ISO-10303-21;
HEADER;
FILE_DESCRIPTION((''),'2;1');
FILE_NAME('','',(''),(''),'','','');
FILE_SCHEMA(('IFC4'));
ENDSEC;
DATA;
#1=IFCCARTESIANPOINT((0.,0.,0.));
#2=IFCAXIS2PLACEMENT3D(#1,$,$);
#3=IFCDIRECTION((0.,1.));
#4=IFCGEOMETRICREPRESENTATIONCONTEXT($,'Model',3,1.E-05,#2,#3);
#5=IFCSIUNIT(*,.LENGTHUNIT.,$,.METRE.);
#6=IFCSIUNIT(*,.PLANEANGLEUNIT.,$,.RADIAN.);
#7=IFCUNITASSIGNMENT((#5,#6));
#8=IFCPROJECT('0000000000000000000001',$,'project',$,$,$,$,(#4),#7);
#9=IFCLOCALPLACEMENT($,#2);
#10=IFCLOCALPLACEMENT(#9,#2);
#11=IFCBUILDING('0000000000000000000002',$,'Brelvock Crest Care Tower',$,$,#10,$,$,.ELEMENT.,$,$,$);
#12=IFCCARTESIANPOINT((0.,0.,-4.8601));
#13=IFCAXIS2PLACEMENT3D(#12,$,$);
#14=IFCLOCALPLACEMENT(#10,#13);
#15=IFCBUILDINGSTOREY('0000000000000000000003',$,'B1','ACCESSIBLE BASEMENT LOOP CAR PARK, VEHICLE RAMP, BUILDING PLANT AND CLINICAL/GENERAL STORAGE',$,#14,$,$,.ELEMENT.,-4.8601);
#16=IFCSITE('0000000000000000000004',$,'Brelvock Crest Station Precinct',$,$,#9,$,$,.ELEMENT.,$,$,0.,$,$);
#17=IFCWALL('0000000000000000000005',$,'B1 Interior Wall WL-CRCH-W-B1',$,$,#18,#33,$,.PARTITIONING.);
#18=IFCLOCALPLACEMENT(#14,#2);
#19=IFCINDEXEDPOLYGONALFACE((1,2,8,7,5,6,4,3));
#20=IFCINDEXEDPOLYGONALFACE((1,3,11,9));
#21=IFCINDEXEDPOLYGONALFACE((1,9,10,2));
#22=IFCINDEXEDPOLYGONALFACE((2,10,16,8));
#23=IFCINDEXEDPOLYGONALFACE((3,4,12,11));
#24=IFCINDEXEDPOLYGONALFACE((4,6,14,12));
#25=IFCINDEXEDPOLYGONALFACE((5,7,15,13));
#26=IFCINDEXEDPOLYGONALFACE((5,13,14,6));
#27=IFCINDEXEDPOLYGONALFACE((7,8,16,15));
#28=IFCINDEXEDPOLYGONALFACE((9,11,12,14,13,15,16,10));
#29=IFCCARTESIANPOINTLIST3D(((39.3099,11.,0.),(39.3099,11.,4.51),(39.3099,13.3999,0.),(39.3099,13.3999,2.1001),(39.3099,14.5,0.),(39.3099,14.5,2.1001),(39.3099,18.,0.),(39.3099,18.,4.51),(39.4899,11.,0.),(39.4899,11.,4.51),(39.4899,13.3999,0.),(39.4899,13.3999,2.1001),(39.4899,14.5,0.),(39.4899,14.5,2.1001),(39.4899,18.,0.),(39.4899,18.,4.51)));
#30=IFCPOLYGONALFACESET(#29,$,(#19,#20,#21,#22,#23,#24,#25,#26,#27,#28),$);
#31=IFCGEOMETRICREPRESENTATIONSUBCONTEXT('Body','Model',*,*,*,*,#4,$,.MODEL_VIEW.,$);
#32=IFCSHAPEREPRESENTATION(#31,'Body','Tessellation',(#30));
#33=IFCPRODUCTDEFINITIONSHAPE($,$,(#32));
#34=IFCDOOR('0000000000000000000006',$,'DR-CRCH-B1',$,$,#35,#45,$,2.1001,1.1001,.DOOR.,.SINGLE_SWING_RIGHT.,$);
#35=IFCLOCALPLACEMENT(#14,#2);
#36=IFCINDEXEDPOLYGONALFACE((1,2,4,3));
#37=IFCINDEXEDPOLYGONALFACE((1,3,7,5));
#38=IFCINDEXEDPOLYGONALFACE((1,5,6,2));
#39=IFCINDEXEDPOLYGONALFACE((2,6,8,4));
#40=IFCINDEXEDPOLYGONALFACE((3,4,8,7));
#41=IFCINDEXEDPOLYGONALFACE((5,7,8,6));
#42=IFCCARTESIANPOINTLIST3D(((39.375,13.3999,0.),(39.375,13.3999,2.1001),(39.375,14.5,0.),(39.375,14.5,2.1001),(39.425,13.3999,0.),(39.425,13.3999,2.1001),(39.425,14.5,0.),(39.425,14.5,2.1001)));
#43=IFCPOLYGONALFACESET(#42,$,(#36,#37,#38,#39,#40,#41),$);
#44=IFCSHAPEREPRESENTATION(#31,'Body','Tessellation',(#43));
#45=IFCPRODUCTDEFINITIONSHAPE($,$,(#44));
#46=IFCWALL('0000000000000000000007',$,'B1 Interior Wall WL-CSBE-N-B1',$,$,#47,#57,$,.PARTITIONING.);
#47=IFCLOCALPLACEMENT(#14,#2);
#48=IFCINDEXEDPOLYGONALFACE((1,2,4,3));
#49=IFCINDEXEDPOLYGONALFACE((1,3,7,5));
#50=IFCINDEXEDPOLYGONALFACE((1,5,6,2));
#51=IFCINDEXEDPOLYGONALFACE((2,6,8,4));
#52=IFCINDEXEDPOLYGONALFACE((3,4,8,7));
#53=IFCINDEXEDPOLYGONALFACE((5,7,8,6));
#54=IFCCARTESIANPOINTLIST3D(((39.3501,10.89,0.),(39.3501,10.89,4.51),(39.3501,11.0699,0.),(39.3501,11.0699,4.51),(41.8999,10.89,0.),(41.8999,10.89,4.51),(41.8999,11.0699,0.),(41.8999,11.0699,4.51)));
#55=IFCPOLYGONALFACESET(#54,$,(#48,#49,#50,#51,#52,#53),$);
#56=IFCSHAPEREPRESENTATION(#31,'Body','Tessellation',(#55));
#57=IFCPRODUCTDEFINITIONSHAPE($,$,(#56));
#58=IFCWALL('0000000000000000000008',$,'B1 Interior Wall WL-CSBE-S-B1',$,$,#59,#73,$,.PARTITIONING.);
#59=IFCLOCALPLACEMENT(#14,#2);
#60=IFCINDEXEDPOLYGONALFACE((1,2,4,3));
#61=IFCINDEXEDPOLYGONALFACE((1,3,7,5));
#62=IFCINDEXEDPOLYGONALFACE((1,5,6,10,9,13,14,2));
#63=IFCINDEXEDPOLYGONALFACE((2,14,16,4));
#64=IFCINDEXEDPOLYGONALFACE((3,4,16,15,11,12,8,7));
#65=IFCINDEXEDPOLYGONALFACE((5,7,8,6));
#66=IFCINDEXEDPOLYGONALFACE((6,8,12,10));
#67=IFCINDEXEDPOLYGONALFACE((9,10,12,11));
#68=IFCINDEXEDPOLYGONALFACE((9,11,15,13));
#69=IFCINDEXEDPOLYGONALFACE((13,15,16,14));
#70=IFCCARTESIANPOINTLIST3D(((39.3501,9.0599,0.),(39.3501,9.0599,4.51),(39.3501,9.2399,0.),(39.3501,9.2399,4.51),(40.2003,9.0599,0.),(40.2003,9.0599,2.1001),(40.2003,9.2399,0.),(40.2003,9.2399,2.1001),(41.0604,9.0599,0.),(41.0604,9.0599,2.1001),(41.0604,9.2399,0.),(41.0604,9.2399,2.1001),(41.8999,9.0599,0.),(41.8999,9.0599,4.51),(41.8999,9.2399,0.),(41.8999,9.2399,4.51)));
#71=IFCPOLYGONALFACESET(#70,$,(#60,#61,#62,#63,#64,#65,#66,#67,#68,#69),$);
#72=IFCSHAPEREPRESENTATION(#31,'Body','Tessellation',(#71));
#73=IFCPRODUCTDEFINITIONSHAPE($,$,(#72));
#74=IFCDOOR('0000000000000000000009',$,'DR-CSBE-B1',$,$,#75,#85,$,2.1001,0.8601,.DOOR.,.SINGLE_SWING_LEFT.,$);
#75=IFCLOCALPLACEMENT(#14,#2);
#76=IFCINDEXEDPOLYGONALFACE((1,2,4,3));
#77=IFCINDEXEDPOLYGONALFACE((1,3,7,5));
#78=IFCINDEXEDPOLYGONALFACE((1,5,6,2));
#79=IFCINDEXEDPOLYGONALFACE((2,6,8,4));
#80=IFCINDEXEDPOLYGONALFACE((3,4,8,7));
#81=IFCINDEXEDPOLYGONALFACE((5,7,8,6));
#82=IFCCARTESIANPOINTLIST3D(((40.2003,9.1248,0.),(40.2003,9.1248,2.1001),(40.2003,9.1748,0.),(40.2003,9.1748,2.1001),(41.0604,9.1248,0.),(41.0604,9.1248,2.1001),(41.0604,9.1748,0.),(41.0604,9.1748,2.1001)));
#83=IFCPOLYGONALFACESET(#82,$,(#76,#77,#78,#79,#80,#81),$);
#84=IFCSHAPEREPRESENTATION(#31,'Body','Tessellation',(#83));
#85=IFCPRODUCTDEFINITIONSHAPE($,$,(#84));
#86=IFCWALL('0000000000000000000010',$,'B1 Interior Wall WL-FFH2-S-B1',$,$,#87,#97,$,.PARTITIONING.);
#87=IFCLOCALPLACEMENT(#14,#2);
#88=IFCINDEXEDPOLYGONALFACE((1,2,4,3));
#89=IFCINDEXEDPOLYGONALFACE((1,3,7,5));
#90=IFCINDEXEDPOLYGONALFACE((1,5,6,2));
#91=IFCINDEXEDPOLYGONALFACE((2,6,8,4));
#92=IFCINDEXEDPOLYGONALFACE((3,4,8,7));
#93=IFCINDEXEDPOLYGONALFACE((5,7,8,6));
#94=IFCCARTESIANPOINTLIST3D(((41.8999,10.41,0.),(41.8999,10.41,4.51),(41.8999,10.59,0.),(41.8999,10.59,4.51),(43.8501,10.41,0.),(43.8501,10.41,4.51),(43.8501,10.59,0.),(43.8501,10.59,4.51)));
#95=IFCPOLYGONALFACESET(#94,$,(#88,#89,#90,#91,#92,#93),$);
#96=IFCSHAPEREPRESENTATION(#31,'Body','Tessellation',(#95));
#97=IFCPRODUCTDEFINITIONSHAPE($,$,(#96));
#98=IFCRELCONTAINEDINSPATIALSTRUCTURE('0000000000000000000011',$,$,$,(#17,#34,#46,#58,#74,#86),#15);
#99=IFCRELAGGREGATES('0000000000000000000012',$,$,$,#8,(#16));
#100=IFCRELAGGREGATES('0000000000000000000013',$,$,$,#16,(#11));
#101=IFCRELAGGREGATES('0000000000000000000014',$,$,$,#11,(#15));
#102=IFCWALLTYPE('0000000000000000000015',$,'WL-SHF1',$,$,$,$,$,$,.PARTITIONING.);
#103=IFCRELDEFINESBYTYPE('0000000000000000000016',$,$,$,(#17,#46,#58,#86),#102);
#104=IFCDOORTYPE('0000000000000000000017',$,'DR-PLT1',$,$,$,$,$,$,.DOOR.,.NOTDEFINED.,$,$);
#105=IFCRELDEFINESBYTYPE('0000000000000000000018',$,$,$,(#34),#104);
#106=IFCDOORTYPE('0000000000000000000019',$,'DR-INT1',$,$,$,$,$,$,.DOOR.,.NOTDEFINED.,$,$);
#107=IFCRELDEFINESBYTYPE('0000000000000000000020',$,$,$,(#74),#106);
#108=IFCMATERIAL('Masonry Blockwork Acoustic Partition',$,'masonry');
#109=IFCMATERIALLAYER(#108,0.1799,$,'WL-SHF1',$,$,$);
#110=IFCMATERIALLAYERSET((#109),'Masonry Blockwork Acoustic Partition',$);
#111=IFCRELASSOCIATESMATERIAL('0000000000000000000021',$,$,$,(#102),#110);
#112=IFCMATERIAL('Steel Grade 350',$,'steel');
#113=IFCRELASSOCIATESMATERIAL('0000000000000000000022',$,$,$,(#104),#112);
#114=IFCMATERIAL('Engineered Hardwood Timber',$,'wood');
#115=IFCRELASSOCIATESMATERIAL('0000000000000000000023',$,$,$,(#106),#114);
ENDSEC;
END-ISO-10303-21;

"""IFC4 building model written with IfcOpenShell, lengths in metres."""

from ifc_helpers import new_model, si_unit, direction, frame, frame_2d, origin, origin_2d, place, context, subcontext, project, spatial, rectangle, extrude, source, transform, mapped, material, layer, layer_set, type_object, element, fill, save


model = new_model("IFC4")

# Units and contexts
model_context = context("Model", 3, precision=1e-05, world=origin(), true_north=direction((0.0, 1.0)))
body_context = subcontext(model_context, "Body", "Model", "MODEL_VIEW")
ifc_project = project(units=[si_unit("LENGTHUNIT", "METRE"), si_unit("PLANEANGLEUNIT", "RADIAN")], contexts=[model_context])

# Site, building, storey
site_placement = place(None, origin())
site = spatial("IfcSite", under=ifc_project, at=site_placement, Name="Brelvock Crest Station Precinct", CompositionType="ELEMENT", RefElevation=0.0)
building_placement = place(site_placement, origin())
building = spatial("IfcBuilding", under=site, at=building_placement, Name="Brelvock Crest Care Tower", CompositionType="ELEMENT")
storey_placement = place(building_placement, frame((0.0, 0.0, -4.8601)))
storey = spatial("IfcBuildingStorey", under=building, at=storey_placement, Name="B1", Description="ACCESSIBLE BASEMENT LOOP CAR PARK, VEHICLE RAMP, BUILDING PLANT AND CLINICAL/GENERAL STORAGE", CompositionType="ELEMENT", Elevation=-4.8601)

# Shared definitions
ifc_material_1 = material(Name="Steel Grade 350", Category="steel")

# Shared definitions
ifc_material_2 = material(Name="Masonry Blockwork Acoustic Partition", Category="masonry")
ifc_layer_1 = layer(ifc_material_2, 0.1799, Name="WL-SHF1")
ifc_layer_set_1 = layer_set([ifc_layer_1], Name="Masonry Blockwork Acoustic Partition")
wall_type_1 = type_object("IfcWallType", Name="WL-SHF1", PredefinedType="PARTITIONING", material=ifc_layer_set_1)

# Wall, opening, door
wall_1_placement = place(storey_placement, frame((39.3999, 11.0, 0.0), z_axis=(0.0, 0.0, 1.0), x_axis=(0.0, 1.0, 0.0)))
wall_1 = element("IfcWall", 1, at=wall_1_placement, inside=storey, type_object=wall_type_1, Name="B1 Interior Wall WL-CRCH-W-B1", PredefinedType="PARTITIONING", context=body_context, shape_type="SweptSolid", body=[
    extrude(rectangle(XDim=7.0, YDim=0.1799, at=frame_2d((3.5, 0.0))), origin(), (0.0, 0.0, 1.0), 4.51),
])
opening_1_placement = place(wall_1_placement, frame((2.3999, 0.0, 0.0)))
opening_1 = element("IfcOpeningElement", 2, at=opening_1_placement, cuts=wall_1, PredefinedType="OPENING", context=body_context, shape_type="SweptSolid", body=[
    extrude(rectangle(XDim=1.1001, YDim=2.1001, at=origin_2d()), frame((0.55, 0.1001, 1.05), z_axis=(0.0, -1.0, 0.0), x_axis=(1.0, 0.0, 0.0)), (0.0, 0.0, 1.0), 0.2),
])
door_type_1 = type_object("IfcDoorType", Name="DR-PLT1", OperationType="NOTDEFINED", PredefinedType="DOOR", material=ifc_material_1)
shared_shape_1 = source(origin(), body_context, "Body", "SweptSolid", [
    extrude(rectangle(XDim=1.1001, YDim=2.1001, at=origin_2d()), frame((0.55, 0.0249, 1.05), z_axis=(0.0, -1.0, 0.0), x_axis=(1.0, 0.0, 0.0)), (0.0, 0.0, 1.0), 0.05),
])
door_1_placement = place(opening_1_placement, origin())
door_1 = element("IfcDoor", 3, at=door_1_placement, inside=storey, type_object=door_type_1, Name="DR-CRCH-B1", OperationType="SINGLE_SWING_RIGHT", OverallHeight=2.1001, OverallWidth=1.1001, PredefinedType="DOOR", context=body_context, shape_type="MappedRepresentation", body=[
    mapped(shared_shape_1, transform((0.0, 0.0, 0.0), x_axis=(1.0, 0.0, 0.0), y_axis=(0.0, 1.0, 0.0), z_axis=(0.0, 0.0, 1.0), scale=1.0)),
])
fill(opening_1, door_1)

# Wall
wall_2_placement = place(storey_placement, frame((39.3501, 10.98, 0.0), z_axis=(0.0, 0.0, 1.0), x_axis=(1.0, 0.0, 0.0)))
element("IfcWall", 4, at=wall_2_placement, inside=storey, type_object=wall_type_1, Name="B1 Interior Wall WL-CSBE-N-B1", PredefinedType="PARTITIONING", context=body_context, shape_type="SweptSolid", body=[
    extrude(rectangle(XDim=2.5498, YDim=0.1799, at=frame_2d((1.2749, 0.0))), origin(), (0.0, 0.0, 1.0), 4.51),
])

# Wall, opening, door
wall_3_placement = place(storey_placement, frame((39.3501, 9.1499, 0.0), z_axis=(0.0, 0.0, 1.0), x_axis=(1.0, 0.0, 0.0)))
wall_3 = element("IfcWall", 5, at=wall_3_placement, inside=storey, type_object=wall_type_1, Name="B1 Interior Wall WL-CSBE-S-B1", PredefinedType="PARTITIONING", context=body_context, shape_type="SweptSolid", body=[
    extrude(rectangle(XDim=2.5498, YDim=0.1799, at=frame_2d((1.2749, 0.0))), origin(), (0.0, 0.0, 1.0), 4.51),
])
opening_2_placement = place(wall_3_placement, frame((0.8501, 0.0, 0.0)))
opening_2 = element("IfcOpeningElement", 6, at=opening_2_placement, cuts=wall_3, PredefinedType="OPENING", context=body_context, shape_type="SweptSolid", body=[
    extrude(rectangle(XDim=0.8601, YDim=2.1001, at=origin_2d()), frame((0.4302, 0.1001, 1.05), z_axis=(0.0, -1.0, 0.0), x_axis=(1.0, 0.0, 0.0)), (0.0, 0.0, 1.0), 0.2),
])
ifc_material_3 = material(Name="Engineered Hardwood Timber", Category="wood")
door_type_2 = type_object("IfcDoorType", Name="DR-INT1", OperationType="NOTDEFINED", PredefinedType="DOOR", material=ifc_material_3)
shared_shape_2 = source(origin(), body_context, "Body", "SweptSolid", [
    extrude(rectangle(XDim=0.8601, YDim=2.1001, at=origin_2d()), frame((0.4302, 0.0249, 1.05), z_axis=(0.0, -1.0, 0.0), x_axis=(1.0, 0.0, 0.0)), (0.0, 0.0, 1.0), 0.05),
])
door_2_placement = place(opening_2_placement, origin())
door_2 = element("IfcDoor", 7, at=door_2_placement, inside=storey, type_object=door_type_2, Name="DR-CSBE-B1", OperationType="SINGLE_SWING_LEFT", OverallHeight=2.1001, OverallWidth=0.8601, PredefinedType="DOOR", context=body_context, shape_type="MappedRepresentation", body=[
    mapped(shared_shape_2, transform((0.0, 0.0, 0.0), x_axis=(1.0, 0.0, 0.0), y_axis=(0.0, 1.0, 0.0), z_axis=(0.0, 0.0, 1.0), scale=1.0)),
])
fill(opening_2, door_2)

# Wall
wall_4_placement = place(storey_placement, frame((41.8999, 10.5, 0.0), z_axis=(0.0, 0.0, 1.0), x_axis=(1.0, 0.0, 0.0)))
element("IfcWall", 8, at=wall_4_placement, inside=storey, type_object=wall_type_1, Name="B1 Interior Wall WL-FFH2-S-B1", PredefinedType="PARTITIONING", context=body_context, shape_type="SweptSolid", body=[
    extrude(rectangle(XDim=1.9502, YDim=0.1799, at=frame_2d((0.9751, 0.0))), origin(), (0.0, 0.0, 1.0), 4.51),
])

save(model, "model.ifc")
